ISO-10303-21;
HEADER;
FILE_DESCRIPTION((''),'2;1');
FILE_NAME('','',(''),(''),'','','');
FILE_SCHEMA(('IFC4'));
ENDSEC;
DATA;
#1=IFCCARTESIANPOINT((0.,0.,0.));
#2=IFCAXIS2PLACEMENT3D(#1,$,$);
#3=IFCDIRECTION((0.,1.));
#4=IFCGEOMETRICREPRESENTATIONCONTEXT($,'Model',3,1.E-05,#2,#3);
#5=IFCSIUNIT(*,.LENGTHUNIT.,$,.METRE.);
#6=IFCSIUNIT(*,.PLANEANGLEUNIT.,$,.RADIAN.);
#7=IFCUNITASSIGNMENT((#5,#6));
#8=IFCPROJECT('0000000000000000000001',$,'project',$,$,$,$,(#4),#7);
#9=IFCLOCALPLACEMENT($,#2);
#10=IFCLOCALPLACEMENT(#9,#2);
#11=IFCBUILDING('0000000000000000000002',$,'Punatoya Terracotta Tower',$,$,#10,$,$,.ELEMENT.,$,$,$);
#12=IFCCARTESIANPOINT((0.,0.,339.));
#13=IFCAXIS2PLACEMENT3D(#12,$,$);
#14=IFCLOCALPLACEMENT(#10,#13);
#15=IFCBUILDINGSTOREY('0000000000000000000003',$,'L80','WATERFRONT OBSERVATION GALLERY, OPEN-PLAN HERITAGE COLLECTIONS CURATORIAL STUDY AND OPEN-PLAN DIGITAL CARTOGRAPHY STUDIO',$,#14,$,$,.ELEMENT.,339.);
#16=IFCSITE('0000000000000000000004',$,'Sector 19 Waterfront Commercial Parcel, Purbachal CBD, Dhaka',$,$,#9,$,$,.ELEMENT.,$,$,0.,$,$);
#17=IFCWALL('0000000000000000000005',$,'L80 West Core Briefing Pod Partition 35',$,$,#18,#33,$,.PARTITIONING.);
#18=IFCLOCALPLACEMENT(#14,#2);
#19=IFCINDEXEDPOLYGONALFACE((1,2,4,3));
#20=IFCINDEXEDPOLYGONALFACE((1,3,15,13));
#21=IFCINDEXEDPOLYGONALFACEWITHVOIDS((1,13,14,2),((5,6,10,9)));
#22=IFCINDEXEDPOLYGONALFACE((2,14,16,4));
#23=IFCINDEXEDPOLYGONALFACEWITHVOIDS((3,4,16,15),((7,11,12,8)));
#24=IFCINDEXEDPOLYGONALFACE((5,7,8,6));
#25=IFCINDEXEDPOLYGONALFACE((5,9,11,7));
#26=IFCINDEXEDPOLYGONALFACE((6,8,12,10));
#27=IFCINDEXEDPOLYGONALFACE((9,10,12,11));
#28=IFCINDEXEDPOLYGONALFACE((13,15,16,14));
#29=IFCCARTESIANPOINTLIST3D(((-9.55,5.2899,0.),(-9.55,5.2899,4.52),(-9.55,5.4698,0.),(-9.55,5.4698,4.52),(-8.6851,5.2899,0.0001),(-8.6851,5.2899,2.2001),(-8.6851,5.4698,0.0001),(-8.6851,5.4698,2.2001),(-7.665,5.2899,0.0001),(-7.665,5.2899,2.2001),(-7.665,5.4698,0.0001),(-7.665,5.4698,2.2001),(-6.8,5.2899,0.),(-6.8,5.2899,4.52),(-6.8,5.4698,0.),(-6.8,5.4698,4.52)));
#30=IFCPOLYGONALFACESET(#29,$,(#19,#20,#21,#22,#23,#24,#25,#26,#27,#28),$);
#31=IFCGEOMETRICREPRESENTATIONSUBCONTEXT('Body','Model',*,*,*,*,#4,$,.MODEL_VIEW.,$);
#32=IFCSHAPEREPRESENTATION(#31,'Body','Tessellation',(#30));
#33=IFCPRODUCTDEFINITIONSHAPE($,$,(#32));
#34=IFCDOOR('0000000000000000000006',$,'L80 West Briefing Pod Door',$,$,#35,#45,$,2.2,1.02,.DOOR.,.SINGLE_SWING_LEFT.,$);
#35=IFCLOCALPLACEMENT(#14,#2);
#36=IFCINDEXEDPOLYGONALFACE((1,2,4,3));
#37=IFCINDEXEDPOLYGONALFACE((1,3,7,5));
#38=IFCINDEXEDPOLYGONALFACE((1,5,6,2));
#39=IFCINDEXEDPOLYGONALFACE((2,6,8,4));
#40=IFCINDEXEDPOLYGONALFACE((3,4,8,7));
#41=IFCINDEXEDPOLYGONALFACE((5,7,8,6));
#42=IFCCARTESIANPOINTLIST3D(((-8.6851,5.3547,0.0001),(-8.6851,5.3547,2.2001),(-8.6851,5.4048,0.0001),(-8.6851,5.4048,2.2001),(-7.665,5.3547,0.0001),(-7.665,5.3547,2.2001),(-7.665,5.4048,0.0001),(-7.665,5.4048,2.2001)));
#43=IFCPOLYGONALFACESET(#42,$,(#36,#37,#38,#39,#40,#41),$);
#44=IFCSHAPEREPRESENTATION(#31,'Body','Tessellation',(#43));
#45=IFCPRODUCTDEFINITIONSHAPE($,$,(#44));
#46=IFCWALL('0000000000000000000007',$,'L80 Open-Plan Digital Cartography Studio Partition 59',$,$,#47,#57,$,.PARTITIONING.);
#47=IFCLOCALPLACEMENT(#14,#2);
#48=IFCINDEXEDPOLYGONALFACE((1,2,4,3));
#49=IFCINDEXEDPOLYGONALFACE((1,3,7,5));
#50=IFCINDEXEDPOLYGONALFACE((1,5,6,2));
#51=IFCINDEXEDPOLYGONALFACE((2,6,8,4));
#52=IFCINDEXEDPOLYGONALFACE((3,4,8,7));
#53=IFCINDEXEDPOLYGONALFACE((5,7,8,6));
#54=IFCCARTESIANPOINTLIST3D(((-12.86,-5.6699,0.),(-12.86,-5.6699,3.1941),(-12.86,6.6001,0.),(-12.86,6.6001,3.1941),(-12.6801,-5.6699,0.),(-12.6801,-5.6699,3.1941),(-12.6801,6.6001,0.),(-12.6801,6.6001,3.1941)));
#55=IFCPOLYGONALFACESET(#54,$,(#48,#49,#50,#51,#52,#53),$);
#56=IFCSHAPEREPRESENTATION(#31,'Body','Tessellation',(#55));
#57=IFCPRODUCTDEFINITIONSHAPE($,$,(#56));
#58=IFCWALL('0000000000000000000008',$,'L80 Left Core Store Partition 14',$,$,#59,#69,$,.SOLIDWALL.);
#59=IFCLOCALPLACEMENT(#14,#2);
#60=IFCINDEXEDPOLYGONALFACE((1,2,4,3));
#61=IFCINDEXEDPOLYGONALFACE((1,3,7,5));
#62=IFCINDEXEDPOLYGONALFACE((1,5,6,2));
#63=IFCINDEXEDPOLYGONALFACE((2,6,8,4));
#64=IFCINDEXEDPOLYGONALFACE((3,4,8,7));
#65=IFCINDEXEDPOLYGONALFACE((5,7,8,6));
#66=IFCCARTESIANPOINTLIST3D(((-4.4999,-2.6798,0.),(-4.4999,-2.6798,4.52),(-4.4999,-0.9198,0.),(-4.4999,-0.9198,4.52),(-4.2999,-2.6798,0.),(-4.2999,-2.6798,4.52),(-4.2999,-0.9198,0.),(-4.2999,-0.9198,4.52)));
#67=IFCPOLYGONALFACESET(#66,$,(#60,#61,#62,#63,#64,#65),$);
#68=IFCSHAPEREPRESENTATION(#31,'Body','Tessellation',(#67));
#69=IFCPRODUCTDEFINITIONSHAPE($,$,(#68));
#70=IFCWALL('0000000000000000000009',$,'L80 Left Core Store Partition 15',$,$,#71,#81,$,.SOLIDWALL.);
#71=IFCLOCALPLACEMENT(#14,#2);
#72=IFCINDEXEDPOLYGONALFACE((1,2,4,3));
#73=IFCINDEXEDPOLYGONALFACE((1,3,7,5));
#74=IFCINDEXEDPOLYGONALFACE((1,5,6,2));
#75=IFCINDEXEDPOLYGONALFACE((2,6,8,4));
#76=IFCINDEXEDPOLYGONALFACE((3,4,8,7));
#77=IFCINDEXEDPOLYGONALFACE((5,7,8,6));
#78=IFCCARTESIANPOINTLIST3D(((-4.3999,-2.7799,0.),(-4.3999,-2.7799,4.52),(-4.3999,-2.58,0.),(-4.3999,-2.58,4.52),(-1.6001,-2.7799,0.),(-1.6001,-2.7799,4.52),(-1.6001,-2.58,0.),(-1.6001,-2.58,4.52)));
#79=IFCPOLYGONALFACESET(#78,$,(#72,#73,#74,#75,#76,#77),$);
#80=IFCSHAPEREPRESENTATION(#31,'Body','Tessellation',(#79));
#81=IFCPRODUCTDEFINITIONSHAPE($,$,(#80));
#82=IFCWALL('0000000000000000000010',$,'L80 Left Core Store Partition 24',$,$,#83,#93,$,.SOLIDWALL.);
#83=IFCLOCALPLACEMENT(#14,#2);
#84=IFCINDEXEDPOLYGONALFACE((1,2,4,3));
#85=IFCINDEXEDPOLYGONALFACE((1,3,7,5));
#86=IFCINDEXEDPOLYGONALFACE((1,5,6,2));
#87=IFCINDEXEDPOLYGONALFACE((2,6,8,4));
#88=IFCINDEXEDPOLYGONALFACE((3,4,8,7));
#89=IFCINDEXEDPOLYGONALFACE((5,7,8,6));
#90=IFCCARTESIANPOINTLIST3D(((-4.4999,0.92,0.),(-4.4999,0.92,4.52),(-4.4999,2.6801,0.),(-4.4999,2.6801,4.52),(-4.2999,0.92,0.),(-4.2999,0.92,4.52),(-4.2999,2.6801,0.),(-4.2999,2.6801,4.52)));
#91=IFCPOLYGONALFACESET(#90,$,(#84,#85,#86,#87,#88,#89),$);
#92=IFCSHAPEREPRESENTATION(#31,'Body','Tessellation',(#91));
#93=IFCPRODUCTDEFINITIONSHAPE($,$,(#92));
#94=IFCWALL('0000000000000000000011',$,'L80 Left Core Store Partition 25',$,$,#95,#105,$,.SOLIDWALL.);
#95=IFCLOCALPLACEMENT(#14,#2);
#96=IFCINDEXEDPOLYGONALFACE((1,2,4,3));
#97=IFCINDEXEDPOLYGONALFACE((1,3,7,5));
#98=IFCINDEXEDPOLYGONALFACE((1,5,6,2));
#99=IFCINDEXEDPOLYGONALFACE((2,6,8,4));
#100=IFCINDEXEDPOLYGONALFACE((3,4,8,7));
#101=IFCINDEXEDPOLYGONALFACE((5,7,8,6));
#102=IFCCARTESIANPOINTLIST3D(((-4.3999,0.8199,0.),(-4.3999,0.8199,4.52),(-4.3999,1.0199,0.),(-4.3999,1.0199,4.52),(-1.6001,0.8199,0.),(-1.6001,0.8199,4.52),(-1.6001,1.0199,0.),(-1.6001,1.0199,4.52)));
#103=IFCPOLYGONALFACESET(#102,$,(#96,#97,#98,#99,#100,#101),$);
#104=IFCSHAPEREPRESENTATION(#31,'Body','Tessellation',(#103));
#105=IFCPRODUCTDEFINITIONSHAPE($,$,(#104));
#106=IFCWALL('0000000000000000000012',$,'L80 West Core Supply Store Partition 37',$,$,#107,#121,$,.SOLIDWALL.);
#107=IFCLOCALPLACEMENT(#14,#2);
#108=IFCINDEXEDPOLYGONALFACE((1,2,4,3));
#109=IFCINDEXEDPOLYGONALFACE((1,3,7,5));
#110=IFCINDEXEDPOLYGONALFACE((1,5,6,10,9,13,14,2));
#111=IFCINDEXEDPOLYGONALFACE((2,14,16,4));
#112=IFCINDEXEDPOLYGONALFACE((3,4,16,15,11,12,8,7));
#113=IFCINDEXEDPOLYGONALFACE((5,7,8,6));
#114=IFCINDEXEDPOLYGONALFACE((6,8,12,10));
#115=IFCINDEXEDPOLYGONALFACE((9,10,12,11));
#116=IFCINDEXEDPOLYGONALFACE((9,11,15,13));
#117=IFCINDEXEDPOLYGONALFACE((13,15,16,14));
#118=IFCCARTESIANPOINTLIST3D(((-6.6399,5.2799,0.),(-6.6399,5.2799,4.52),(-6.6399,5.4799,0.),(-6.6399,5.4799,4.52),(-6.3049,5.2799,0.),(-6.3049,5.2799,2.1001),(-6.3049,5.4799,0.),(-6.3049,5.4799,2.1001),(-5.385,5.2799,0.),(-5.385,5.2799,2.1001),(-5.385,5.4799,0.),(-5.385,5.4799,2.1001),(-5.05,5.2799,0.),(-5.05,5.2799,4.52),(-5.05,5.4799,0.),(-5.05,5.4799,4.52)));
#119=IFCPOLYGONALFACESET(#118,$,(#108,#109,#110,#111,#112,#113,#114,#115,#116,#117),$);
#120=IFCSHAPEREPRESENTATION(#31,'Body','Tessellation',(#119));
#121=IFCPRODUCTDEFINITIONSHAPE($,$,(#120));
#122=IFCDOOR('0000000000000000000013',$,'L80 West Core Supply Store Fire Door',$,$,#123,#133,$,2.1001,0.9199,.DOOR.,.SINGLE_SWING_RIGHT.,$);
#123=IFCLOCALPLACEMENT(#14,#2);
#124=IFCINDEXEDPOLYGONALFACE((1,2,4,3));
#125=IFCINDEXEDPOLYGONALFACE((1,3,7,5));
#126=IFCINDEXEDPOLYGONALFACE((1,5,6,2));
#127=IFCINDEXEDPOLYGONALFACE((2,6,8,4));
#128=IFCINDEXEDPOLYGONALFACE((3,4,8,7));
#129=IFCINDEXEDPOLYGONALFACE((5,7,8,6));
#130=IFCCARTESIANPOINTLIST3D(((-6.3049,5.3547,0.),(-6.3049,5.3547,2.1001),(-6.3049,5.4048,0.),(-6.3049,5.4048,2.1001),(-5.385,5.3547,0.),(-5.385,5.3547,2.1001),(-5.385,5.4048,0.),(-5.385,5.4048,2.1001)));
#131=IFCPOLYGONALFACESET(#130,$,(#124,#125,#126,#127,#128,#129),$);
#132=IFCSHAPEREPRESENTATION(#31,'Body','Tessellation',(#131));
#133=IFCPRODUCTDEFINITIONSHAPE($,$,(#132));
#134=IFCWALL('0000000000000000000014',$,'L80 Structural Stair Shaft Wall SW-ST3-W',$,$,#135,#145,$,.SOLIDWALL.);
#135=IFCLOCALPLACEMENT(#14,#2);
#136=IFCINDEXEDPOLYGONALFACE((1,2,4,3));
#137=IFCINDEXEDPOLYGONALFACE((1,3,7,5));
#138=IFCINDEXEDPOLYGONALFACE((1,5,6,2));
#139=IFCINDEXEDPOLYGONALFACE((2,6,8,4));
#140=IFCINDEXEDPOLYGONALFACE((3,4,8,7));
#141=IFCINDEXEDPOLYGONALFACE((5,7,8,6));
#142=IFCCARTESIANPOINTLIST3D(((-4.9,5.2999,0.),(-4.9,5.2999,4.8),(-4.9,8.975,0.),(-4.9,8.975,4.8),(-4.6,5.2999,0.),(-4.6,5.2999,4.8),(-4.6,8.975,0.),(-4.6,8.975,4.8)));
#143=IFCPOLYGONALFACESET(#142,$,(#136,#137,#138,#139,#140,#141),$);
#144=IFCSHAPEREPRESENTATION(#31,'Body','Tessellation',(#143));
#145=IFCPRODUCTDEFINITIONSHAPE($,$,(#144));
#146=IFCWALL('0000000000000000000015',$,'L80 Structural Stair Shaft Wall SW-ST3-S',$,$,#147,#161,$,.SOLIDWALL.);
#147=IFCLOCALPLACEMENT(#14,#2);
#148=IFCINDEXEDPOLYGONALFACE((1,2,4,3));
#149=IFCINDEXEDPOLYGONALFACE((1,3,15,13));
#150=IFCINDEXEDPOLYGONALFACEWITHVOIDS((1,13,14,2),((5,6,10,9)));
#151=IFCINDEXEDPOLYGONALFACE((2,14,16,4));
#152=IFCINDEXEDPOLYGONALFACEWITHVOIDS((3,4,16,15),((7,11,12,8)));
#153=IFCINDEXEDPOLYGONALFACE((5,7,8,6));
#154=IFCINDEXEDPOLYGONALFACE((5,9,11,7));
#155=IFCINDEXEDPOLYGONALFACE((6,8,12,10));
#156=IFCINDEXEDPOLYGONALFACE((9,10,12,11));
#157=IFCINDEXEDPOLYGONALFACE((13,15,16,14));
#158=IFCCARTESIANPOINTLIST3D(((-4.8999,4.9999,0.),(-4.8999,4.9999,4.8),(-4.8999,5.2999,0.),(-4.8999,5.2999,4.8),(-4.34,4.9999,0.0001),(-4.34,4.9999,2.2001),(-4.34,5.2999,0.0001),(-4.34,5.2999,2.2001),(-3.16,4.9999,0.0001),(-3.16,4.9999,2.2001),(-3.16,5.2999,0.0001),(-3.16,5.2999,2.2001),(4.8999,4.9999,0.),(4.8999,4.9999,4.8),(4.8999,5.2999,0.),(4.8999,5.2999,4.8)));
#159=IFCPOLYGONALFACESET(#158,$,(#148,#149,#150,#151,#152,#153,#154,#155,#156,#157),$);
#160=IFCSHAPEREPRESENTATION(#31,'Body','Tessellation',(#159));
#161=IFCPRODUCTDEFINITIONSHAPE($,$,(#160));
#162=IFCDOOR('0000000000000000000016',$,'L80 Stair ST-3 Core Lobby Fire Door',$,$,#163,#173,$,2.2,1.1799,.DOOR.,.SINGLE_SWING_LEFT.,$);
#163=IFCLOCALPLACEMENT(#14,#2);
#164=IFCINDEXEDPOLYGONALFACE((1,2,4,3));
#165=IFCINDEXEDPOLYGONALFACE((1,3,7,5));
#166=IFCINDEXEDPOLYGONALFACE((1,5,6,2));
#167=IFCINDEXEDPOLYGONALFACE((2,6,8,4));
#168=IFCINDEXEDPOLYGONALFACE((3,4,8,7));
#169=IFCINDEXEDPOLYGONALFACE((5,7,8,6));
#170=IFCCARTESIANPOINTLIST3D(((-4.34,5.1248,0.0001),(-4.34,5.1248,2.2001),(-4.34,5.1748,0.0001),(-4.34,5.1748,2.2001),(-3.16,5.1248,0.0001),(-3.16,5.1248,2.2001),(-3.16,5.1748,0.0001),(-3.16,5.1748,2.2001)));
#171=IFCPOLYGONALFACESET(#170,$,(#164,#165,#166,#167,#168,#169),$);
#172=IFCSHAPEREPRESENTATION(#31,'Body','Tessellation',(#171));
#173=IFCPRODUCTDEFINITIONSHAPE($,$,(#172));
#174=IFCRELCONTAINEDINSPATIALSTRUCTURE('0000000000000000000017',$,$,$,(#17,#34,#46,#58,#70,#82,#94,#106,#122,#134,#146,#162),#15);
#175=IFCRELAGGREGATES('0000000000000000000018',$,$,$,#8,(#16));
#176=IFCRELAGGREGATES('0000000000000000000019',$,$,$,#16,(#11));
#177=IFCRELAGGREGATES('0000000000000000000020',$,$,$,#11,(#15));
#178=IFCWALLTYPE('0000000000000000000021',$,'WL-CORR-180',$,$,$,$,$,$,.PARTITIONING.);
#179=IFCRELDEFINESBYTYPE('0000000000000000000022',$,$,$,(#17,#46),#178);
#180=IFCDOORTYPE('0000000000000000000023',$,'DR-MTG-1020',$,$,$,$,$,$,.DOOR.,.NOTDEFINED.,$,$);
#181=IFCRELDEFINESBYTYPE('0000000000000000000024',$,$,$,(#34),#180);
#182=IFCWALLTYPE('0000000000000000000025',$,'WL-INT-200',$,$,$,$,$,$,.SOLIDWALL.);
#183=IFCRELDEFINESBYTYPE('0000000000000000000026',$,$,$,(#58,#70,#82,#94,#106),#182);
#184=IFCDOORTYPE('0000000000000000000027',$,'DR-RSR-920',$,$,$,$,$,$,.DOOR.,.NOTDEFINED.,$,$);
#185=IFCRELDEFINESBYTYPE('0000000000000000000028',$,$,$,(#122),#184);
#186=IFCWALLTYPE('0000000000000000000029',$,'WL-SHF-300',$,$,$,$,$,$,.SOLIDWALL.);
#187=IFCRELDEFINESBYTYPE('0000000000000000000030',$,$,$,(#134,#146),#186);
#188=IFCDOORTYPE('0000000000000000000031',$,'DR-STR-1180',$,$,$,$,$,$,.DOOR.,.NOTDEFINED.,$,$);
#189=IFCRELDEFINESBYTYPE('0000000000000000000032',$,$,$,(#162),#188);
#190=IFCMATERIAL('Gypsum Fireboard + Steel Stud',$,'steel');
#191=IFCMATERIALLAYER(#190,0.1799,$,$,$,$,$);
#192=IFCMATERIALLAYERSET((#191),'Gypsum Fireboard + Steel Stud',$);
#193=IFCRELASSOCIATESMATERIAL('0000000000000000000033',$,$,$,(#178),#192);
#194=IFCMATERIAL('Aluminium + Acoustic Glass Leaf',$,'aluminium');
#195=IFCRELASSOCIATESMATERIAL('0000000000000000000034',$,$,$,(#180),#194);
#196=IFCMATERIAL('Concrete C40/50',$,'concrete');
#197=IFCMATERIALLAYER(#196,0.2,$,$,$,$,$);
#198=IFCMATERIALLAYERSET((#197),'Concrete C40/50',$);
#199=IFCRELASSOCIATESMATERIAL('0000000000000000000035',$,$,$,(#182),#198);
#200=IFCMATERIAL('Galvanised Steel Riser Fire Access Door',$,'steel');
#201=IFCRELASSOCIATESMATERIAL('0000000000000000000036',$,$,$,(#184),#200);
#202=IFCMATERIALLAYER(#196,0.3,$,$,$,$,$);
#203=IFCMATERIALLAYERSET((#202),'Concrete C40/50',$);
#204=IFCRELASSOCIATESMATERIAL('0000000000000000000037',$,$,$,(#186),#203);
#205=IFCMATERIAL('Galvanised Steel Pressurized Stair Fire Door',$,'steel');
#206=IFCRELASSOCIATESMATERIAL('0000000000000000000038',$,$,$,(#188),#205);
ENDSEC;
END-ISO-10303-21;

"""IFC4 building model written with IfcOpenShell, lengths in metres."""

from ifc_helpers import new_model, si_unit, direction, frame, frame_2d, origin, place, context, subcontext, project, spatial, rectangle, extrude, material, layer, layer_set, type_object, element, fill, save


model = new_model("IFC4")

# Units and contexts
model_context = context("Model", 3, precision=1e-05, world=origin(), true_north=direction((0.0, 1.0)))
body_context = subcontext(model_context, "Body", "Model", "MODEL_VIEW")
ifc_project = project(units=[si_unit("LENGTHUNIT", "METRE"), si_unit("PLANEANGLEUNIT", "RADIAN")], contexts=[model_context])

# Site, building, storey
site_placement = place(None, origin())
site = spatial("IfcSite", under=ifc_project, at=site_placement, Name="Sector 19 Waterfront Commercial Parcel, Purbachal CBD, Dhaka", CompositionType="ELEMENT", RefElevation=0.0)
building_placement = place(site_placement, origin())
building = spatial("IfcBuilding", under=site, at=building_placement, Name="Punatoya Terracotta Tower", CompositionType="ELEMENT")
storey_placement = place(building_placement, frame((0.0, 0.0, 339.0)))
storey = spatial("IfcBuildingStorey", under=building, at=storey_placement, Name="L80", Description="WATERFRONT OBSERVATION GALLERY, OPEN-PLAN HERITAGE COLLECTIONS CURATORIAL STUDY AND OPEN-PLAN DIGITAL CARTOGRAPHY STUDIO", CompositionType="ELEMENT", Elevation=339.0)

# Shared definitions
ifc_material_1 = material(Name="Gypsum Fireboard + Steel Stud", Category="steel")
ifc_layer_1 = layer(ifc_material_1, 0.1799)
ifc_layer_set_1 = layer_set([ifc_layer_1], Name="Gypsum Fireboard + Steel Stud")
wall_type_1 = type_object("IfcWallType", Name="WL-CORR-180", PredefinedType="PARTITIONING", material=ifc_layer_set_1)

# Wall, opening, door
wall_1_placement = place(storey_placement, frame((-9.55, 5.3799, 0.0), z_axis=(0.0, 0.0, 1.0), x_axis=(1.0, 0.0, 0.0)))
wall_1 = element("IfcWall", 1, at=wall_1_placement, inside=storey, type_object=wall_type_1, Name="L80 West Core Briefing Pod Partition 35", PredefinedType="PARTITIONING", context=body_context, shape_type="SweptSolid", body=[
    extrude(rectangle(XDim=2.75, YDim=0.1799, at=frame_2d((1.375, 0.0))), origin(), (0.0, 0.0, 1.0), 4.52),
])
opening_1_placement = place(wall_1_placement, frame((0.865, 0.0, 0.0)))
opening_1 = element("IfcOpeningElement", 2, at=opening_1_placement, cuts=wall_1, PredefinedType="OPENING", context=body_context, shape_type="SweptSolid", body=[
    extrude(rectangle(XDim=1.02, YDim=2.2, at=frame_2d((0.51, 1.1001))), frame((0.0, 0.0999, 0.0), z_axis=(0.0, -1.0, 0.0), x_axis=(1.0, 0.0, 0.0)), (0.0, 0.0, 1.0), 0.2),
])
ifc_material_2 = material(Name="Aluminium + Acoustic Glass Leaf", Category="aluminium")
door_type_1 = type_object("IfcDoorType", Name="DR-MTG-1020", OperationType="NOTDEFINED", PredefinedType="DOOR", material=ifc_material_2)
door_1_placement = place(opening_1_placement, origin())
door_1 = element("IfcDoor", 3, at=door_1_placement, inside=storey, type_object=door_type_1, Name="L80 West Briefing Pod Door", OperationType="SINGLE_SWING_LEFT", OverallHeight=2.2, OverallWidth=1.02, PredefinedType="DOOR", context=body_context, shape_type="SweptSolid", body=[
    extrude(rectangle(XDim=1.02, YDim=2.2, at=frame_2d((0.51, 1.1001))), frame((0.0, 0.0249, 0.0), z_axis=(0.0, -1.0, 0.0), x_axis=(1.0, 0.0, 0.0)), (0.0, 0.0, 1.0), 0.05),
])
fill(opening_1, door_1)

# Walls
wall_2_placement = place(storey_placement, frame((-12.77, 6.6001, 0.0), z_axis=(0.0, 0.0, 1.0), x_axis=(0.0, -1.0, 0.0)))
element("IfcWall", 4, at=wall_2_placement, inside=storey, type_object=wall_type_1, Name="L80 Open-Plan Digital Cartography Studio Partition 59", PredefinedType="PARTITIONING", context=body_context, shape_type="SweptSolid", body=[
    extrude(rectangle(XDim=12.27, YDim=0.1799, at=frame_2d((6.135, 0.0))), origin(), (0.0, 0.0, 1.0), 3.1941),
])
ifc_material_3 = material(Name="Concrete C40/50", Category="concrete")
ifc_layer_2 = layer(ifc_material_3, 0.2)
ifc_layer_set_2 = layer_set([ifc_layer_2], Name="Concrete C40/50")
wall_type_2 = type_object("IfcWallType", Name="WL-INT-200", PredefinedType="SOLIDWALL", material=ifc_layer_set_2)
wall_3_placement = place(storey_placement, frame((-4.3999, -0.9199, 0.0), z_axis=(0.0, 0.0, 1.0), x_axis=(0.0, -1.0, 0.0)))
element("IfcWall", 5, at=wall_3_placement, inside=storey, type_object=wall_type_2, Name="L80 Left Core Store Partition 14", PredefinedType="SOLIDWALL", context=body_context, shape_type="SweptSolid", body=[
    extrude(rectangle(XDim=1.76, YDim=0.2, at=frame_2d((0.8799, 0.0))), origin(), (0.0, 0.0, 1.0), 4.52),
])
wall_4_placement = place(storey_placement, frame((-4.3999, -2.6799, 0.0), z_axis=(0.0, 0.0, 1.0), x_axis=(1.0, 0.0, 0.0)))
element("IfcWall", 6, at=wall_4_placement, inside=storey, type_object=wall_type_2, Name="L80 Left Core Store Partition 15", PredefinedType="SOLIDWALL", context=body_context, shape_type="SweptSolid", body=[
    extrude(rectangle(XDim=2.7998, YDim=0.2, at=frame_2d((1.3999, 0.0))), origin(), (0.0, 0.0, 1.0), 4.52),
])
wall_5_placement = place(storey_placement, frame((-4.3999, 2.6799, 0.0), z_axis=(0.0, 0.0, 1.0), x_axis=(0.0, -1.0, 0.0)))
element("IfcWall", 7, at=wall_5_placement, inside=storey, type_object=wall_type_2, Name="L80 Left Core Store Partition 24", PredefinedType="SOLIDWALL", context=body_context, shape_type="SweptSolid", body=[
    extrude(rectangle(XDim=1.76, YDim=0.2, at=frame_2d((0.8799, 0.0))), origin(), (0.0, 0.0, 1.0), 4.52),
])
wall_6_placement = place(storey_placement, frame((-4.3999, 0.9199, 0.0), z_axis=(0.0, 0.0, 1.0), x_axis=(1.0, 0.0, 0.0)))
element("IfcWall", 8, at=wall_6_placement, inside=storey, type_object=wall_type_2, Name="L80 Left Core Store Partition 25", PredefinedType="SOLIDWALL", context=body_context, shape_type="SweptSolid", body=[
    extrude(rectangle(XDim=2.7998, YDim=0.2, at=frame_2d((1.3999, 0.0))), origin(), (0.0, 0.0, 1.0), 4.52),
])

# Wall, opening, door
wall_7_placement = place(storey_placement, frame((-6.6399, 5.3799, 0.0), z_axis=(0.0, 0.0, 1.0), x_axis=(1.0, 0.0, 0.0)))
wall_7 = element("IfcWall", 9, at=wall_7_placement, inside=storey, type_object=wall_type_2, Name="L80 West Core Supply Store Partition 37", PredefinedType="SOLIDWALL", context=body_context, shape_type="SweptSolid", body=[
    extrude(rectangle(XDim=1.5898, YDim=0.2, at=frame_2d((0.7949, 0.0))), origin(), (0.0, 0.0, 1.0), 4.52),
])
opening_2_placement = place(wall_7_placement, frame((0.335, 0.0, 0.0)))
opening_2 = element("IfcOpeningElement", 10, at=opening_2_placement, cuts=wall_7, PredefinedType="OPENING", context=body_context, shape_type="SweptSolid", body=[
    extrude(rectangle(XDim=0.9199, YDim=2.1001, at=frame_2d((0.46, 1.05))), frame((0.0, 0.1099, 0.0), z_axis=(0.0, -1.0, 0.0), x_axis=(1.0, 0.0, 0.0)), (0.0, 0.0, 1.0), 0.22),
])
ifc_material_4 = material(Name="Galvanised Steel Riser Fire Access Door", Category="steel")
door_type_2 = type_object("IfcDoorType", Name="DR-RSR-920", OperationType="NOTDEFINED", PredefinedType="DOOR", material=ifc_material_4)
door_2_placement = place(opening_2_placement, origin())
door_2 = element("IfcDoor", 11, at=door_2_placement, inside=storey, type_object=door_type_2, Name="L80 West Core Supply Store Fire Door", OperationType="SINGLE_SWING_RIGHT", OverallHeight=2.1001, OverallWidth=0.9199, PredefinedType="DOOR", context=body_context, shape_type="SweptSolid", body=[
    extrude(rectangle(XDim=0.9199, YDim=2.1001, at=frame_2d((0.46, 1.05))), frame((0.0, 0.0249, 0.0), z_axis=(0.0, -1.0, 0.0), x_axis=(1.0, 0.0, 0.0)), (0.0, 0.0, 1.0), 0.05),
])
fill(opening_2, door_2)

# Wall
ifc_layer_3 = layer(ifc_material_3, 0.3)
ifc_layer_set_3 = layer_set([ifc_layer_3], Name="Concrete C40/50")
wall_type_3 = type_object("IfcWallType", Name="WL-SHF-300", PredefinedType="SOLIDWALL", material=ifc_layer_set_3)
wall_8_placement = place(storey_placement, frame((-4.75, 5.3, 0.0), z_axis=(0.0, 0.0, 1.0), x_axis=(0.0, 1.0, 0.0)))
element("IfcWall", 12, at=wall_8_placement, inside=storey, type_object=wall_type_3, Name="L80 Structural Stair Shaft Wall SW-ST3-W", PredefinedType="SOLIDWALL", context=body_context, shape_type="SweptSolid", body=[
    extrude(rectangle(XDim=3.675, YDim=0.3, at=frame_2d((1.8374, 0.0))), origin(), (0.0, 0.0, 1.0), 4.8),
])

# Wall, opening, door
wall_9_placement = place(storey_placement, frame((-4.8999, 5.1499, 0.0), z_axis=(0.0, 0.0, 1.0), x_axis=(1.0, 0.0, 0.0)))
wall_9 = element("IfcWall", 13, at=wall_9_placement, inside=storey, type_object=wall_type_3, Name="L80 Structural Stair Shaft Wall SW-ST3-S", PredefinedType="SOLIDWALL", context=body_context, shape_type="SweptSolid", body=[
    extrude(rectangle(XDim=9.7998, YDim=0.3, at=frame_2d((4.8999, 0.0))), origin(), (0.0, 0.0, 1.0), 4.8),
])
opening_3_placement = place(wall_9_placement, frame((0.5601, 0.0, 0.0)))
opening_3 = element("IfcOpeningElement", 14, at=opening_3_placement, cuts=wall_9, PredefinedType="OPENING", context=body_context, shape_type="SweptSolid", body=[
    extrude(rectangle(XDim=1.1799, YDim=2.2, at=frame_2d((0.5898, 1.1001))), frame((0.0, 0.1599, 0.0), z_axis=(0.0, -1.0, 0.0), x_axis=(1.0, 0.0, 0.0)), (0.0, 0.0, 1.0), 0.3201),
])
ifc_material_5 = material(Name="Galvanised Steel Pressurized Stair Fire Door", Category="steel")
door_type_3 = type_object("IfcDoorType", Name="DR-STR-1180", OperationType="NOTDEFINED", PredefinedType="DOOR", material=ifc_material_5)
door_3_placement = place(opening_3_placement, origin())
door_3 = element("IfcDoor", 15, at=door_3_placement, inside=storey, type_object=door_type_3, Name="L80 Stair ST-3 Core Lobby Fire Door", OperationType="SINGLE_SWING_LEFT", OverallHeight=2.2, OverallWidth=1.1799, PredefinedType="DOOR", context=body_context, shape_type="SweptSolid", body=[
    extrude(rectangle(XDim=1.1799, YDim=2.2, at=frame_2d((0.5898, 1.1001))), frame((0.0, 0.0249, 0.0), z_axis=(0.0, -1.0, 0.0), x_axis=(1.0, 0.0, 0.0)), (0.0, 0.0, 1.0), 0.05),
])
fill(opening_3, door_3)

save(model, "model.ifc")
